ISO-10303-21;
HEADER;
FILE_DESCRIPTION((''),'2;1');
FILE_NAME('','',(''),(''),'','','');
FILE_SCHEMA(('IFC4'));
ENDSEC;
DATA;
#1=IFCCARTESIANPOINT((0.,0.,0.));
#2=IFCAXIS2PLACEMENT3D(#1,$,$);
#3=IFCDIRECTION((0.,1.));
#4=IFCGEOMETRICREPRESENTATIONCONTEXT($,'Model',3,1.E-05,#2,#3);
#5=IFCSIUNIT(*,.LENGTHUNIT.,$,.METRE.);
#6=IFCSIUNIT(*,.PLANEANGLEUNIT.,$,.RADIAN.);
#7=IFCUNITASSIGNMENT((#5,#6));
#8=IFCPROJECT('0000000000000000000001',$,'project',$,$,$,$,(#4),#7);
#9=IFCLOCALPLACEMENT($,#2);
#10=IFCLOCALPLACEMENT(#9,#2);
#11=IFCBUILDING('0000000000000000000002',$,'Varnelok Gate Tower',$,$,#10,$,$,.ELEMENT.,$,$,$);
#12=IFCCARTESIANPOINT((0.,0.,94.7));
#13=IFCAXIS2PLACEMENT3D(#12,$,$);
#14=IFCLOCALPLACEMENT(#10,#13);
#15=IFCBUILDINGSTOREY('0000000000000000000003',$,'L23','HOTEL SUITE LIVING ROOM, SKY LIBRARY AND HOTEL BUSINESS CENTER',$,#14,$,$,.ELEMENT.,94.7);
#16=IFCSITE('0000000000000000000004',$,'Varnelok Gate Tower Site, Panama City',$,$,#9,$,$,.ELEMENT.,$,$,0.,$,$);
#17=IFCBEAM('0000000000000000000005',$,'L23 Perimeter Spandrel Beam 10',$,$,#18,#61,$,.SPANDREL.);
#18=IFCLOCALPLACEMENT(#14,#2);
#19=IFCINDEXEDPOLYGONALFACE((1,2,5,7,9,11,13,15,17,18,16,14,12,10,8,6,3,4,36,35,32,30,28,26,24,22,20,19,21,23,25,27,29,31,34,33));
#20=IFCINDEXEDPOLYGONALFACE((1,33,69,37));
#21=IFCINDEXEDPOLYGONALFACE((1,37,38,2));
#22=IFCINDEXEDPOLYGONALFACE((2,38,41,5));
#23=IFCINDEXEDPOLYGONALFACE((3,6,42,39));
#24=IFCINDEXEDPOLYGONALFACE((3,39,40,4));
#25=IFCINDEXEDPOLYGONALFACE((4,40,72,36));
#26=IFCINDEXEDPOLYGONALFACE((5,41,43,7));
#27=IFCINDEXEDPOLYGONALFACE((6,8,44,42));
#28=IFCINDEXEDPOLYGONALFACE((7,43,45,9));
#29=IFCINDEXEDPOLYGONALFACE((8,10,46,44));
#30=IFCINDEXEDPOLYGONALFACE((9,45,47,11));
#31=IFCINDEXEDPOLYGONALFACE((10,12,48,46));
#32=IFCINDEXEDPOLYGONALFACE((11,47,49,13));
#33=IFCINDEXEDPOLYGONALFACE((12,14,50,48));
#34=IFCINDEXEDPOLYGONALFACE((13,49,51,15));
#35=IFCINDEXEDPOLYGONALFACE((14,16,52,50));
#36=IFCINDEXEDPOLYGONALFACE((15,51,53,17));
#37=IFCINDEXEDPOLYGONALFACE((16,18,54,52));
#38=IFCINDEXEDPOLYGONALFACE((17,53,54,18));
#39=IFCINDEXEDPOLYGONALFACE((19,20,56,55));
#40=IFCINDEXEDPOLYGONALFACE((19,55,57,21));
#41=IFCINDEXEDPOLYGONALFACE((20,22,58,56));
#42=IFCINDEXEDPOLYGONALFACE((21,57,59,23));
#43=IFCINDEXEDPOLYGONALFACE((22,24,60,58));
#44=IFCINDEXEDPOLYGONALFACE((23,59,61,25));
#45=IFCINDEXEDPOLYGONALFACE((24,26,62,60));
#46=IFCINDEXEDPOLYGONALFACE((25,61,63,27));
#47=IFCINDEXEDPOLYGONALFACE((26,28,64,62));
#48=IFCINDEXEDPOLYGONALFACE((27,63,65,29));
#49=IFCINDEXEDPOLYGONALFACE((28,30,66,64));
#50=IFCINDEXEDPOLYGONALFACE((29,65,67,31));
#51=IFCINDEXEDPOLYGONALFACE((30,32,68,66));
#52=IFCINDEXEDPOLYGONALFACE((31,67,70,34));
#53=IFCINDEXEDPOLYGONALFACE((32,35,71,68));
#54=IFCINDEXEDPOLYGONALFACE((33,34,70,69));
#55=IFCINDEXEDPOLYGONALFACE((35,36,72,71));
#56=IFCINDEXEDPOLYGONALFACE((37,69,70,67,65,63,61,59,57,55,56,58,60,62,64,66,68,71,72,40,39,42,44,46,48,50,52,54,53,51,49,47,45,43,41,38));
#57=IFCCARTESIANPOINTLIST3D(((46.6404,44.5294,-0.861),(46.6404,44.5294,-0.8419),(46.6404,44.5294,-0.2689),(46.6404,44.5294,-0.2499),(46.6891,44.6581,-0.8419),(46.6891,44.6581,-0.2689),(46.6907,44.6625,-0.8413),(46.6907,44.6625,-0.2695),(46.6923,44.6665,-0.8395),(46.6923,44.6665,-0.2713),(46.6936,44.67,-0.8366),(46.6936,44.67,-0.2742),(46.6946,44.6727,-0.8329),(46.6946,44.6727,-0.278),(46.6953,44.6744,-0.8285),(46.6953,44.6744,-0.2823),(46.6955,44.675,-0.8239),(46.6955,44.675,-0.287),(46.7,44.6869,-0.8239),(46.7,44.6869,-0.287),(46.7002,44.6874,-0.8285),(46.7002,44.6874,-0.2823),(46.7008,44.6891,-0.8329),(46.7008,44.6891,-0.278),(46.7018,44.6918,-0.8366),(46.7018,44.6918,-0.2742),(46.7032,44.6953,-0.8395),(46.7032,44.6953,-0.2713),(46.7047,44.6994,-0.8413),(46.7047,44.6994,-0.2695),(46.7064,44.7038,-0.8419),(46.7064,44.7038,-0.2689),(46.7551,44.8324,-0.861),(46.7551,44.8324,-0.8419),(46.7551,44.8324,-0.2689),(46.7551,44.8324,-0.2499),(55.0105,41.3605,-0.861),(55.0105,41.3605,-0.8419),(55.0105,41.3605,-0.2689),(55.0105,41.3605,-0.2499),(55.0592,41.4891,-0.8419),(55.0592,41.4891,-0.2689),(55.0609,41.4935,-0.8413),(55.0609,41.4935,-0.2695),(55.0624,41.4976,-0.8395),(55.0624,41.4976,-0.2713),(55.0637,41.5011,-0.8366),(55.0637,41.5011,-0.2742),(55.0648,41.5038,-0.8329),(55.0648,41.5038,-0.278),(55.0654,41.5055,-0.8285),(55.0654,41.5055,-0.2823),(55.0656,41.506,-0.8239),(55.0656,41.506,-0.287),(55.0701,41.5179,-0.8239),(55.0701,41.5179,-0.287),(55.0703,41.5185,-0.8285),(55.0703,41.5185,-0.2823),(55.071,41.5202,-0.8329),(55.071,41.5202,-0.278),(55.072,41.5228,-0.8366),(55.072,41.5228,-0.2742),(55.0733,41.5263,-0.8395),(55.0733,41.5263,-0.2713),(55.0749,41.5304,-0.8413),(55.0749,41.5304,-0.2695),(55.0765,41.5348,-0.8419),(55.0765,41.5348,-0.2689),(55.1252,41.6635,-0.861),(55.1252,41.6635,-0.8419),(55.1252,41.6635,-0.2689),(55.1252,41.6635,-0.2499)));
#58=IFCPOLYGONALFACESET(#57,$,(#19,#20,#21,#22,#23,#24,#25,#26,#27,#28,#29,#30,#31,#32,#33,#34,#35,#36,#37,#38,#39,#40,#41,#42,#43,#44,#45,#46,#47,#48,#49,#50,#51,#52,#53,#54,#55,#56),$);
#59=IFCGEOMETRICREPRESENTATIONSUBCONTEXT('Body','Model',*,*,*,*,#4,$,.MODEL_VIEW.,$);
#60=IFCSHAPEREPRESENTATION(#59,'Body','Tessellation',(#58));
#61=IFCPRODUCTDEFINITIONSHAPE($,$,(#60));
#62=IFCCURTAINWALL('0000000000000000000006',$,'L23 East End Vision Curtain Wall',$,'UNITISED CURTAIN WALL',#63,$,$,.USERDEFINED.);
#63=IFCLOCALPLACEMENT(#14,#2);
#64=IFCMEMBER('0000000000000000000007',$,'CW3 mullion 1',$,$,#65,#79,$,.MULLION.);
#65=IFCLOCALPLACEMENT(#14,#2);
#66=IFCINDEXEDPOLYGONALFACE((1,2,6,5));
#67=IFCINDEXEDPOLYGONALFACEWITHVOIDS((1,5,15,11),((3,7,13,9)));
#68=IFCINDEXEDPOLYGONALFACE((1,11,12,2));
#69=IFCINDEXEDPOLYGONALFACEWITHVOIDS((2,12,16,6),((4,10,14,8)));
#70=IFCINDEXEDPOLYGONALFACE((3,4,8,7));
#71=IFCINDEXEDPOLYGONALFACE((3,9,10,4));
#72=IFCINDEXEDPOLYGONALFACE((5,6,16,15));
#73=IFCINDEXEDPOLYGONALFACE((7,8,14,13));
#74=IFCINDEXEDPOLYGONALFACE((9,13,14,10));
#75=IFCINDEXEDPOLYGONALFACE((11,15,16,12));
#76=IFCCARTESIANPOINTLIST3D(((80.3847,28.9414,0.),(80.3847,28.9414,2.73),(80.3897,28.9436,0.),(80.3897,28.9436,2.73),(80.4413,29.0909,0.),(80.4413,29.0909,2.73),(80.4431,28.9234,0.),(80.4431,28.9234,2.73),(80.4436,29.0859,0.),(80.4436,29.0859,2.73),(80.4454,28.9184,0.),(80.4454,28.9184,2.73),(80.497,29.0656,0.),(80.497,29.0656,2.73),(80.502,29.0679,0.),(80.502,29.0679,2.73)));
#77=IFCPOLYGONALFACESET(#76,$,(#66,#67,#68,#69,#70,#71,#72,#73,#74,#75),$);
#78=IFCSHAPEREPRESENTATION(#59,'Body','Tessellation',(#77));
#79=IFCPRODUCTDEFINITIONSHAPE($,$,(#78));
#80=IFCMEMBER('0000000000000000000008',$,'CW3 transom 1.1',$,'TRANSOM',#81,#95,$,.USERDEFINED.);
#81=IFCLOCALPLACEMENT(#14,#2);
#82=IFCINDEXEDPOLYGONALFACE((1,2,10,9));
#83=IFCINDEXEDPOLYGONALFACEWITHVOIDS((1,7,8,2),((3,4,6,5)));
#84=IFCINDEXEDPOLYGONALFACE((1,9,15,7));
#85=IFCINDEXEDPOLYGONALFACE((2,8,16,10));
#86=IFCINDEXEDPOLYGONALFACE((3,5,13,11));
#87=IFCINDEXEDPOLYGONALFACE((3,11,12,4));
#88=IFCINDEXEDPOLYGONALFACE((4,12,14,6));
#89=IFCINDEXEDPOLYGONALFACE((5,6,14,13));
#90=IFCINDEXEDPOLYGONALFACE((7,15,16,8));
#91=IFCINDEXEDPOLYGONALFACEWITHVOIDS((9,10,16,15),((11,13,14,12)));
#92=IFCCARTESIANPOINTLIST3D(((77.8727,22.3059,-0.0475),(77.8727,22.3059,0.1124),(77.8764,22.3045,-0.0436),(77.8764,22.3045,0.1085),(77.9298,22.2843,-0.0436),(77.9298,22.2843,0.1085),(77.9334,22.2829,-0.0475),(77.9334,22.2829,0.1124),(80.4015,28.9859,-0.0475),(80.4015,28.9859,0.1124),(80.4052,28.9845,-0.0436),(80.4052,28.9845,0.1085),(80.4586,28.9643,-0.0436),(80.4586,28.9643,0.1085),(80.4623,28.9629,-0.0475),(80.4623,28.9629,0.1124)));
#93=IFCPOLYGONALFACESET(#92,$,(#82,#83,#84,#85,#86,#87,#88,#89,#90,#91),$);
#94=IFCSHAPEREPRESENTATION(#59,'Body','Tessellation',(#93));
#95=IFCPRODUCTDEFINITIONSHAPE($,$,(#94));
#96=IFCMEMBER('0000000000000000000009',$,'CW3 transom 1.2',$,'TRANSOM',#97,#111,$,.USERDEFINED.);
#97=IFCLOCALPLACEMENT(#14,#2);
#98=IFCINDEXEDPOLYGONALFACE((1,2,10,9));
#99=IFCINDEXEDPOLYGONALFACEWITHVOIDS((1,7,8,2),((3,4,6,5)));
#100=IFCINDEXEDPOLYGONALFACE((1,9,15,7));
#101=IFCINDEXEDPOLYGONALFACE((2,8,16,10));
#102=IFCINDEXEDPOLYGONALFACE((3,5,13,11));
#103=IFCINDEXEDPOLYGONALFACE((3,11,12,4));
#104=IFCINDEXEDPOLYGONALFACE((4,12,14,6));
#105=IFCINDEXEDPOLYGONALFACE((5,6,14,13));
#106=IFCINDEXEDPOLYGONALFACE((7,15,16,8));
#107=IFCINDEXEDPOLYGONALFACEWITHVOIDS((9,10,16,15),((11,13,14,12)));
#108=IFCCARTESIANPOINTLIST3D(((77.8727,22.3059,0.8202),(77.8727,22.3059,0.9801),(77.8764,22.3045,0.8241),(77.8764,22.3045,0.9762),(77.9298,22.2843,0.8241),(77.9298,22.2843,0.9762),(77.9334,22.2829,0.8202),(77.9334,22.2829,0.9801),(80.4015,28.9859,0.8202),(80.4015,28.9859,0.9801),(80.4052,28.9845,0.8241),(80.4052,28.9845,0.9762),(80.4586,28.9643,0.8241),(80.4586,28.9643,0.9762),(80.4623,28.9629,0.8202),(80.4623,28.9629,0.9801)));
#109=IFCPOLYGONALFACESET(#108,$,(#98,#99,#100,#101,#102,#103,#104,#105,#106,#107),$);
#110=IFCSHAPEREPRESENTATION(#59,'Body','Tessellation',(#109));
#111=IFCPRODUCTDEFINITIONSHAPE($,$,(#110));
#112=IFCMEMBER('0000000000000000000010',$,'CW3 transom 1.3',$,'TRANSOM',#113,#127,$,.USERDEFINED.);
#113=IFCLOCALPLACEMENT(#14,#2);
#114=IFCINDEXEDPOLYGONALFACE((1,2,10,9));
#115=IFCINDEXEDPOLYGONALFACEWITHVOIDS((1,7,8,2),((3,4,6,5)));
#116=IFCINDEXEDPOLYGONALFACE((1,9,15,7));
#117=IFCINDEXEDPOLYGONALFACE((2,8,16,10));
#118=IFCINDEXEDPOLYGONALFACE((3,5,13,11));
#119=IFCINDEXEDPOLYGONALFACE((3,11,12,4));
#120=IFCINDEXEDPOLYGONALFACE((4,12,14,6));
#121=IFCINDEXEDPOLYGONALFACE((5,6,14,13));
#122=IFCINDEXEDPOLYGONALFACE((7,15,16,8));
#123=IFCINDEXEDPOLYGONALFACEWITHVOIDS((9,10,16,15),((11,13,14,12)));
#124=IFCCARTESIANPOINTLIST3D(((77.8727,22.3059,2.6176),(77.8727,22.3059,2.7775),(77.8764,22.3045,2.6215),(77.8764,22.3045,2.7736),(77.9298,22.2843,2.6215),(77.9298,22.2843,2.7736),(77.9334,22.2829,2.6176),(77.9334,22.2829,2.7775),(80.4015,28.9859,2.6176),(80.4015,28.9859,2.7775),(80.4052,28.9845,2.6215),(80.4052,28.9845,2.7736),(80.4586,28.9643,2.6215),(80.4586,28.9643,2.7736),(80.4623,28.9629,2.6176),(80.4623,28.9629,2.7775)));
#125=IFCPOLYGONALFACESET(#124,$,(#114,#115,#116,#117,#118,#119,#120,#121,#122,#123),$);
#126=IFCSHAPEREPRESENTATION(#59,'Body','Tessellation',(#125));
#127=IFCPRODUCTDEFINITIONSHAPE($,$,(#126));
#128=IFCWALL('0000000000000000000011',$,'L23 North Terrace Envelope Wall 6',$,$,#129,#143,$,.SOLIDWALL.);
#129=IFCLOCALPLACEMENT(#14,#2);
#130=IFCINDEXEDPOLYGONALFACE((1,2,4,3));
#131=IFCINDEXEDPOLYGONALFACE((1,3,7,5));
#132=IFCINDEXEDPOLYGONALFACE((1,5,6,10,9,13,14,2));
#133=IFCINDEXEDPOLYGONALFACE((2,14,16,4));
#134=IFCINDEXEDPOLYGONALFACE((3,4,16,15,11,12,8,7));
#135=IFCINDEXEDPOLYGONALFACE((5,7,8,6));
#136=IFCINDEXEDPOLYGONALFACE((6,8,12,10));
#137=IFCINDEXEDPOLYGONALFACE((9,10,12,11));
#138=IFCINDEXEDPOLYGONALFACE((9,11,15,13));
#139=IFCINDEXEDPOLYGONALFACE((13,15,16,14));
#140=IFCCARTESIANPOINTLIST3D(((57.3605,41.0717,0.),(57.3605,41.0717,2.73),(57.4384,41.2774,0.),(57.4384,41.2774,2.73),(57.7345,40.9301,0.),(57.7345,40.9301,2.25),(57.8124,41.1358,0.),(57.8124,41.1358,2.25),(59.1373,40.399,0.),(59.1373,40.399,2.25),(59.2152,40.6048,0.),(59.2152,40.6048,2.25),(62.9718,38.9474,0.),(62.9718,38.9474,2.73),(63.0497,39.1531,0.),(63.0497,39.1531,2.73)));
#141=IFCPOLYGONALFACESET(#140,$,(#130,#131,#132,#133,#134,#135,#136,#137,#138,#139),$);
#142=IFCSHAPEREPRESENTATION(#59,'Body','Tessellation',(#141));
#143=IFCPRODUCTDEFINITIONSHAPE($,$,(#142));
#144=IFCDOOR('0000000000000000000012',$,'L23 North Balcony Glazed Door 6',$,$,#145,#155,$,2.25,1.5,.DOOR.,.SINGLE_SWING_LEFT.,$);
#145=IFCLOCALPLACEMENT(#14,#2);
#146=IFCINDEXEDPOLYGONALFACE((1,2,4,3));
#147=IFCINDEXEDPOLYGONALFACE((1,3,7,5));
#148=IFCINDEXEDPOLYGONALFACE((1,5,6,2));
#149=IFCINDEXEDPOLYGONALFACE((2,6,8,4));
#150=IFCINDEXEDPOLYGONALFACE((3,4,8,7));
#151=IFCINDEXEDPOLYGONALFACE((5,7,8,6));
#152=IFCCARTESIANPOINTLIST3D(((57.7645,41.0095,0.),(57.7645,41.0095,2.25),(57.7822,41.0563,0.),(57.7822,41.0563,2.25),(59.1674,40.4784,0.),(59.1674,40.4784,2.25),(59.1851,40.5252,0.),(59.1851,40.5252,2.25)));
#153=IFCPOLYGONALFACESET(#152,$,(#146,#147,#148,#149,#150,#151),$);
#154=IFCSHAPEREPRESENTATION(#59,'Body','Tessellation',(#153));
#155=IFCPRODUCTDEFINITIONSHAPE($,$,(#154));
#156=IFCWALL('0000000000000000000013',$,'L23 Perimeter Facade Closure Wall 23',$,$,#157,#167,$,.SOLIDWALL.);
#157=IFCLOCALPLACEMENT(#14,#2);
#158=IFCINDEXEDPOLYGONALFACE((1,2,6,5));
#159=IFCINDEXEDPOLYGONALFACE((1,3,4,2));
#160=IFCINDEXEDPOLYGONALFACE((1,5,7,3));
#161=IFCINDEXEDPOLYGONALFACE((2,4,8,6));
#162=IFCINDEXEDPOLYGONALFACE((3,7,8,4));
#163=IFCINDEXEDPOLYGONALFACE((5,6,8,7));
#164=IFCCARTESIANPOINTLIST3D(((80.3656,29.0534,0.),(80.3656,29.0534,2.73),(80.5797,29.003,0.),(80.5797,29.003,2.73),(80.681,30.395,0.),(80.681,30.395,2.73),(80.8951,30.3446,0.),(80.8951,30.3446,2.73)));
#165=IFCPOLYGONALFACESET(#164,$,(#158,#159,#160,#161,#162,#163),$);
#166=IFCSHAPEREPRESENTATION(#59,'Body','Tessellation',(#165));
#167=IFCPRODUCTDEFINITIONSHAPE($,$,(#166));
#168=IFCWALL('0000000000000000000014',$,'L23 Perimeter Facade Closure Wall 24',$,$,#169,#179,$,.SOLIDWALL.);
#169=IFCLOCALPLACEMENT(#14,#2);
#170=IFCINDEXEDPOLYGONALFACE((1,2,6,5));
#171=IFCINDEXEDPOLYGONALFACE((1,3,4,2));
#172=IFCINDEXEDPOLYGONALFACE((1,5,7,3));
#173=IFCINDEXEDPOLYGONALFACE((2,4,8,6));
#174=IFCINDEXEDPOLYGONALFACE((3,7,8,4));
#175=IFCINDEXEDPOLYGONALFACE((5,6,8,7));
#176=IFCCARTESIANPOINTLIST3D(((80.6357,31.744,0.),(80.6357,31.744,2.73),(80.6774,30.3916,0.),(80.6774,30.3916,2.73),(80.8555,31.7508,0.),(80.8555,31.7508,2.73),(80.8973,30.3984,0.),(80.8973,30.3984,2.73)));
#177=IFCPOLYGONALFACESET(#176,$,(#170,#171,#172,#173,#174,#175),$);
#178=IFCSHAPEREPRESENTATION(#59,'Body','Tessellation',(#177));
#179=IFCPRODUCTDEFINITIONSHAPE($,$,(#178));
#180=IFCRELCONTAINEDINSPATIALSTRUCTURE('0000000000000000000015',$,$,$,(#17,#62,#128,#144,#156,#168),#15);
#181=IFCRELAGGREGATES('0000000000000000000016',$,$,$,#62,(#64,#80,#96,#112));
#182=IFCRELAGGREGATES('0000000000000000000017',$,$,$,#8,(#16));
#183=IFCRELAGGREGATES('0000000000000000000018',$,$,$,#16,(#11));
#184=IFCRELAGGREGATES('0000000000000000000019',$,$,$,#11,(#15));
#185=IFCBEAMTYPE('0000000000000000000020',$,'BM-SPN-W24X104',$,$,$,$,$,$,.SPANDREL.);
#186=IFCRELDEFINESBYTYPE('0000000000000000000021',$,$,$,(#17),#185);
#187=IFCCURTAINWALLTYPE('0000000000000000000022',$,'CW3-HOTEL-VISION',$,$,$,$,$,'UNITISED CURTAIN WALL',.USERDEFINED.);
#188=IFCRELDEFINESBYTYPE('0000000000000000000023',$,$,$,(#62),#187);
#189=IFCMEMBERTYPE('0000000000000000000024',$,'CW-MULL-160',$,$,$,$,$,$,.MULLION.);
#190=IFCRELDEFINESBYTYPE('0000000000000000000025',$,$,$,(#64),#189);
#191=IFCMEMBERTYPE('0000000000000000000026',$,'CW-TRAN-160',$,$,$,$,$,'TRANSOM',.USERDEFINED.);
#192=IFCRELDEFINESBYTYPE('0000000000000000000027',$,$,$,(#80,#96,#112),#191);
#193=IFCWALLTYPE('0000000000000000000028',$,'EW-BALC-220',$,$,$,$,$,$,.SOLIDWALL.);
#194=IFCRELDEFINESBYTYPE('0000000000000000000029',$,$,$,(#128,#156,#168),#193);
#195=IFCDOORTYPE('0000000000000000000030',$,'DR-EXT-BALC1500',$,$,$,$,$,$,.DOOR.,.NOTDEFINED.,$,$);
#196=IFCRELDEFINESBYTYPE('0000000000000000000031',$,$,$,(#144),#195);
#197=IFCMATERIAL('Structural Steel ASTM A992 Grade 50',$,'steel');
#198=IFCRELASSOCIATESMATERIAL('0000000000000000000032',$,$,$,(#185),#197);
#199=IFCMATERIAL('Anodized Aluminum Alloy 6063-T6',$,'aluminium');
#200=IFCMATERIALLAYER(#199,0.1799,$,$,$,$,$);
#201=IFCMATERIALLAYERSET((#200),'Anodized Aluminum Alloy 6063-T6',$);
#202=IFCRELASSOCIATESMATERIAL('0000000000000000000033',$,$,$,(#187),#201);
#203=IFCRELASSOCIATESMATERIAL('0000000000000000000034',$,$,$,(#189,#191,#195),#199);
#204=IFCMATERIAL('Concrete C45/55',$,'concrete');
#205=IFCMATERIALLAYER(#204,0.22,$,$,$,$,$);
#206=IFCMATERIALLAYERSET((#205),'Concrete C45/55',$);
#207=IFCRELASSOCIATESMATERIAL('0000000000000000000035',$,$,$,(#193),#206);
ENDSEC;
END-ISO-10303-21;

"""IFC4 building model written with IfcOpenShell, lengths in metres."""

from ifc_helpers import new_model, si_unit, direction, frame, frame_2d, origin, origin_2d, place, context, subcontext, project, spatial, rectangle, hollow_rectangle, i_section, extrude, material, layer, layer_set, material_profile, profile_set, type_object, element, fill, aggregate, save


model = new_model("IFC4")

# Units and contexts
model_context = context("Model", 3, precision=1e-05, world=origin(), true_north=direction((0.0, 1.0)))
body_context = subcontext(model_context, "Body", "Model", "MODEL_VIEW")
ifc_project = project(units=[si_unit("LENGTHUNIT", "METRE"), si_unit("PLANEANGLEUNIT", "RADIAN")], contexts=[model_context])

# Site, building, storey
site_placement = place(None, origin())
site = spatial("IfcSite", under=ifc_project, at=site_placement, Name="Varnelok Gate Tower Site, Panama City", CompositionType="ELEMENT", RefElevation=0.0)
building_placement = place(site_placement, origin())
building = spatial("IfcBuilding", under=site, at=building_placement, Name="Varnelok Gate Tower", CompositionType="ELEMENT")
storey_placement = place(building_placement, frame((0.0, 0.0, 94.7)))
storey = spatial("IfcBuildingStorey", under=building, at=storey_placement, Name="L23", Description="HOTEL SUITE LIVING ROOM, SKY LIBRARY AND HOTEL BUSINESS CENTER", CompositionType="ELEMENT", Elevation=94.7)

# Shared definitions
ifc_material_1 = material(Name="Structural Steel ASTM A992 Grade 50", Category="steel")

# Beam
ifc_material_profile_1 = material_profile(ifc_material_1, i_section(OverallWidth=0.324, OverallDepth=0.6111, WebThickness=0.0127, FlangeThickness=0.019, FilletRadius=0.0181, at=origin_2d()), Name="W24X104")
ifc_profile_set_1 = profile_set([ifc_material_profile_1], Name="Structural Steel ASTM A992 Grade 50")
beam_type_1 = type_object("IfcBeamType", Name="BM-SPN-W24X104", PredefinedType="SPANDREL", material=ifc_profile_set_1)
beam_1_placement = place(storey_placement, frame((55.0679, 41.512, -0.5554), z_axis=(-0.935217, 0.354075, 0.0), x_axis=(-0.354075, -0.935217, 0.0)))
element("IfcBeam", 1, at=beam_1_placement, inside=storey, type_object=beam_type_1, Name="L23 Perimeter Spandrel Beam 10", PredefinedType="SPANDREL", context=body_context, shape_type="SweptSolid", body=[
    extrude(i_section(OverallWidth=0.324, OverallDepth=0.6111, WebThickness=0.0127, FlangeThickness=0.019, FilletRadius=0.0181, at=origin_2d()), origin(), (0.0, 0.0, 1.0), 8.95),
])

# Curtain wall, members
ifc_material_2 = material(Name="Anodized Aluminum Alloy 6063-T6", Category="aluminium")
ifc_layer_1 = layer(ifc_material_2, 0.1799)
ifc_layer_set_1 = layer_set([ifc_layer_1], Name="Anodized Aluminum Alloy 6063-T6")
curtain_wall_type = type_object("IfcCurtainWallType", Name="CW3-HOTEL-VISION", ElementType="UNITISED CURTAIN WALL", PredefinedType="USERDEFINED", material=ifc_layer_set_1)
curtain_wall_placement = place(storey_placement, origin())
curtain_wall = element("IfcCurtainWall", 2, at=curtain_wall_placement, inside=storey, type_object=curtain_wall_type, Name="L23 East End Vision Curtain Wall", ObjectType="UNITISED CURTAIN WALL", PredefinedType="USERDEFINED")
ifc_material_profile_2 = material_profile(ifc_material_2, hollow_rectangle(XDim=0.0649, YDim=0.1599, WallThickness=0.0039, at=origin_2d()), Name="ALU160X65X4")
ifc_profile_set_2 = profile_set([ifc_material_profile_2], Name="Anodized Aluminum Alloy 6063-T6")
member_type_1 = type_object("IfcMemberType", Name="CW-MULL-160", PredefinedType="MULLION", material=ifc_profile_set_2)
member_1_placement = place(storey_placement, frame((80.4434, 29.0046, 0.0), z_axis=(0.0, 0.0, 1.0), x_axis=(0.935221, -0.354064, 0.0)))
member_1 = element("IfcMember", 3, at=member_1_placement, type_object=member_type_1, Name="CW3 mullion 1", PredefinedType="MULLION", context=body_context, shape_type="SweptSolid", body=[
    extrude(hollow_rectangle(XDim=0.0649, YDim=0.1599, WallThickness=0.0039, at=origin_2d()), origin(), (0.0, 0.0, 1.0), 2.73),
])
ifc_material_profile_3 = material_profile(ifc_material_2, hollow_rectangle(XDim=0.0649, YDim=0.1599, WallThickness=0.0039, at=origin_2d()), Name="ALU160X65X4")
ifc_profile_set_3 = profile_set([ifc_material_profile_3], Name="Anodized Aluminum Alloy 6063-T6")
member_type_2 = type_object("IfcMemberType", Name="CW-TRAN-160", ElementType="TRANSOM", PredefinedType="USERDEFINED", material=ifc_profile_set_3)
member_2_placement = place(storey_placement, frame((80.4319, 28.9744, 0.0325), z_axis=(-0.354047, -0.935228, 0.0), x_axis=(0.935228, -0.354047, 0.0)))
member_2 = element("IfcMember", 4, at=member_2_placement, type_object=member_type_2, Name="CW3 transom 1.1", ObjectType="TRANSOM", PredefinedType="USERDEFINED", context=body_context, shape_type="SweptSolid", body=[
    extrude(hollow_rectangle(XDim=0.0649, YDim=0.1599, WallThickness=0.0039, at=origin_2d()), origin(), (0.0, 0.0, 1.0), 7.1426),
])
member_3_placement = place(storey_placement, frame((80.4319, 28.9744, 0.9001), z_axis=(-0.354047, -0.935228, 0.0), x_axis=(0.935228, -0.354047, 0.0)))
member_3 = element("IfcMember", 5, at=member_3_placement, type_object=member_type_2, Name="CW3 transom 1.2", ObjectType="TRANSOM", PredefinedType="USERDEFINED", context=body_context, shape_type="SweptSolid", body=[
    extrude(hollow_rectangle(XDim=0.0649, YDim=0.1599, WallThickness=0.0039, at=origin_2d()), origin(), (0.0, 0.0, 1.0), 7.1426),
])
member_4_placement = place(storey_placement, frame((80.4319, 28.9744, 2.6975), z_axis=(-0.354047, -0.935228, 0.0), x_axis=(0.935228, -0.354047, 0.0)))
member_4 = element("IfcMember", 6, at=member_4_placement, type_object=member_type_2, Name="CW3 transom 1.3", ObjectType="TRANSOM", PredefinedType="USERDEFINED", context=body_context, shape_type="SweptSolid", body=[
    extrude(hollow_rectangle(XDim=0.0649, YDim=0.1599, WallThickness=0.0039, at=origin_2d()), origin(), (0.0, 0.0, 1.0), 7.1426),
])
aggregate(curtain_wall, [member_1, member_2, member_3, member_4])

# Wall, opening, door
ifc_material_3 = material(Name="Concrete C45/55", Category="concrete")
ifc_layer_2 = layer(ifc_material_3, 0.22)
ifc_layer_set_2 = layer_set([ifc_layer_2], Name="Concrete C45/55")
wall_type = type_object("IfcWallType", Name="EW-BALC-220", PredefinedType="SOLIDWALL", material=ifc_layer_set_2)
wall_1_placement = place(storey_placement, frame((57.3994, 41.1746, 0.0), z_axis=(0.0, 0.0, 1.0), x_axis=(0.935228, -0.354047, 0.0)))
wall_1 = element("IfcWall", 7, at=wall_1_placement, inside=storey, type_object=wall_type, Name="L23 North Terrace Envelope Wall 6", PredefinedType="SOLIDWALL", context=body_context, shape_type="SweptSolid", body=[
    extrude(rectangle(XDim=6.0, YDim=0.22, at=frame_2d((3.0, 0.0))), origin(), (0.0, 0.0, 1.0), 2.73),
])
opening_1_placement = place(wall_1_placement, frame((0.3999, 0.0, 0.0)))
opening_1 = element("IfcOpeningElement", 8, at=opening_1_placement, cuts=wall_1, PredefinedType="OPENING", context=body_context, shape_type="SweptSolid", body=[
    extrude(rectangle(XDim=1.5, YDim=2.25, at=frame_2d((0.75, 1.125))), frame((0.0, 0.1199, 0.0), z_axis=(0.0, -1.0, 0.0), x_axis=(1.0, 0.0, 0.0)), (0.0, 0.0, 1.0), 0.24),
])
door_type = type_object("IfcDoorType", Name="DR-EXT-BALC1500", OperationType="NOTDEFINED", PredefinedType="DOOR", material=ifc_material_2)
door_placement = place(opening_1_placement, origin())
door = element("IfcDoor", 9, at=door_placement, inside=storey, type_object=door_type, Name="L23 North Balcony Glazed Door 6", OperationType="SINGLE_SWING_LEFT", OverallHeight=2.25, OverallWidth=1.5, PredefinedType="DOOR", context=body_context, shape_type="SweptSolid", body=[
    extrude(rectangle(XDim=1.5, YDim=2.25, at=frame_2d((0.75, 1.125))), frame((0.0, 0.0249, 0.0), z_axis=(0.0, -1.0, 0.0), x_axis=(1.0, 0.0, 0.0)), (0.0, 0.0, 1.0), 0.05),
])
fill(opening_1, door)

# Walls
wall_2_placement = place(storey_placement, frame((80.4727, 29.0283, 0.0), z_axis=(0.0, 0.0, 1.0), x_axis=(0.228881, 0.973454, 0.0)))
element("IfcWall", 10, at=wall_2_placement, inside=storey, type_object=wall_type, Name="L23 Perimeter Facade Closure Wall 23", PredefinedType="SOLIDWALL", context=body_context, shape_type="SweptSolid", body=[
    extrude(rectangle(XDim=1.3782, YDim=0.22, at=frame_2d((0.689, 0.0))), origin(), (0.0, 0.0, 1.0), 2.73),
])
for number, where, z_axis, x_axis, name in (
    (11, (80.7874, 30.395, 0.0), (0.0, 0.0, 1.0), (-0.030857, 0.999524, 0.0), "L23 Perimeter Facade Closure Wall 24"),
):
    element("IfcWall", number, at=place(storey_placement, frame(where, z_axis=z_axis, x_axis=x_axis)), inside=storey, type_object=wall_type, Name=name, PredefinedType="SOLIDWALL", context=body_context, shape_type="SweptSolid", body=[
        extrude(rectangle(XDim=1.353, YDim=0.22, at=frame_2d((0.6765, 0.0))), origin(), (0.0, 0.0, 1.0), 2.73),
    ])

save(model, "model.ifc")
